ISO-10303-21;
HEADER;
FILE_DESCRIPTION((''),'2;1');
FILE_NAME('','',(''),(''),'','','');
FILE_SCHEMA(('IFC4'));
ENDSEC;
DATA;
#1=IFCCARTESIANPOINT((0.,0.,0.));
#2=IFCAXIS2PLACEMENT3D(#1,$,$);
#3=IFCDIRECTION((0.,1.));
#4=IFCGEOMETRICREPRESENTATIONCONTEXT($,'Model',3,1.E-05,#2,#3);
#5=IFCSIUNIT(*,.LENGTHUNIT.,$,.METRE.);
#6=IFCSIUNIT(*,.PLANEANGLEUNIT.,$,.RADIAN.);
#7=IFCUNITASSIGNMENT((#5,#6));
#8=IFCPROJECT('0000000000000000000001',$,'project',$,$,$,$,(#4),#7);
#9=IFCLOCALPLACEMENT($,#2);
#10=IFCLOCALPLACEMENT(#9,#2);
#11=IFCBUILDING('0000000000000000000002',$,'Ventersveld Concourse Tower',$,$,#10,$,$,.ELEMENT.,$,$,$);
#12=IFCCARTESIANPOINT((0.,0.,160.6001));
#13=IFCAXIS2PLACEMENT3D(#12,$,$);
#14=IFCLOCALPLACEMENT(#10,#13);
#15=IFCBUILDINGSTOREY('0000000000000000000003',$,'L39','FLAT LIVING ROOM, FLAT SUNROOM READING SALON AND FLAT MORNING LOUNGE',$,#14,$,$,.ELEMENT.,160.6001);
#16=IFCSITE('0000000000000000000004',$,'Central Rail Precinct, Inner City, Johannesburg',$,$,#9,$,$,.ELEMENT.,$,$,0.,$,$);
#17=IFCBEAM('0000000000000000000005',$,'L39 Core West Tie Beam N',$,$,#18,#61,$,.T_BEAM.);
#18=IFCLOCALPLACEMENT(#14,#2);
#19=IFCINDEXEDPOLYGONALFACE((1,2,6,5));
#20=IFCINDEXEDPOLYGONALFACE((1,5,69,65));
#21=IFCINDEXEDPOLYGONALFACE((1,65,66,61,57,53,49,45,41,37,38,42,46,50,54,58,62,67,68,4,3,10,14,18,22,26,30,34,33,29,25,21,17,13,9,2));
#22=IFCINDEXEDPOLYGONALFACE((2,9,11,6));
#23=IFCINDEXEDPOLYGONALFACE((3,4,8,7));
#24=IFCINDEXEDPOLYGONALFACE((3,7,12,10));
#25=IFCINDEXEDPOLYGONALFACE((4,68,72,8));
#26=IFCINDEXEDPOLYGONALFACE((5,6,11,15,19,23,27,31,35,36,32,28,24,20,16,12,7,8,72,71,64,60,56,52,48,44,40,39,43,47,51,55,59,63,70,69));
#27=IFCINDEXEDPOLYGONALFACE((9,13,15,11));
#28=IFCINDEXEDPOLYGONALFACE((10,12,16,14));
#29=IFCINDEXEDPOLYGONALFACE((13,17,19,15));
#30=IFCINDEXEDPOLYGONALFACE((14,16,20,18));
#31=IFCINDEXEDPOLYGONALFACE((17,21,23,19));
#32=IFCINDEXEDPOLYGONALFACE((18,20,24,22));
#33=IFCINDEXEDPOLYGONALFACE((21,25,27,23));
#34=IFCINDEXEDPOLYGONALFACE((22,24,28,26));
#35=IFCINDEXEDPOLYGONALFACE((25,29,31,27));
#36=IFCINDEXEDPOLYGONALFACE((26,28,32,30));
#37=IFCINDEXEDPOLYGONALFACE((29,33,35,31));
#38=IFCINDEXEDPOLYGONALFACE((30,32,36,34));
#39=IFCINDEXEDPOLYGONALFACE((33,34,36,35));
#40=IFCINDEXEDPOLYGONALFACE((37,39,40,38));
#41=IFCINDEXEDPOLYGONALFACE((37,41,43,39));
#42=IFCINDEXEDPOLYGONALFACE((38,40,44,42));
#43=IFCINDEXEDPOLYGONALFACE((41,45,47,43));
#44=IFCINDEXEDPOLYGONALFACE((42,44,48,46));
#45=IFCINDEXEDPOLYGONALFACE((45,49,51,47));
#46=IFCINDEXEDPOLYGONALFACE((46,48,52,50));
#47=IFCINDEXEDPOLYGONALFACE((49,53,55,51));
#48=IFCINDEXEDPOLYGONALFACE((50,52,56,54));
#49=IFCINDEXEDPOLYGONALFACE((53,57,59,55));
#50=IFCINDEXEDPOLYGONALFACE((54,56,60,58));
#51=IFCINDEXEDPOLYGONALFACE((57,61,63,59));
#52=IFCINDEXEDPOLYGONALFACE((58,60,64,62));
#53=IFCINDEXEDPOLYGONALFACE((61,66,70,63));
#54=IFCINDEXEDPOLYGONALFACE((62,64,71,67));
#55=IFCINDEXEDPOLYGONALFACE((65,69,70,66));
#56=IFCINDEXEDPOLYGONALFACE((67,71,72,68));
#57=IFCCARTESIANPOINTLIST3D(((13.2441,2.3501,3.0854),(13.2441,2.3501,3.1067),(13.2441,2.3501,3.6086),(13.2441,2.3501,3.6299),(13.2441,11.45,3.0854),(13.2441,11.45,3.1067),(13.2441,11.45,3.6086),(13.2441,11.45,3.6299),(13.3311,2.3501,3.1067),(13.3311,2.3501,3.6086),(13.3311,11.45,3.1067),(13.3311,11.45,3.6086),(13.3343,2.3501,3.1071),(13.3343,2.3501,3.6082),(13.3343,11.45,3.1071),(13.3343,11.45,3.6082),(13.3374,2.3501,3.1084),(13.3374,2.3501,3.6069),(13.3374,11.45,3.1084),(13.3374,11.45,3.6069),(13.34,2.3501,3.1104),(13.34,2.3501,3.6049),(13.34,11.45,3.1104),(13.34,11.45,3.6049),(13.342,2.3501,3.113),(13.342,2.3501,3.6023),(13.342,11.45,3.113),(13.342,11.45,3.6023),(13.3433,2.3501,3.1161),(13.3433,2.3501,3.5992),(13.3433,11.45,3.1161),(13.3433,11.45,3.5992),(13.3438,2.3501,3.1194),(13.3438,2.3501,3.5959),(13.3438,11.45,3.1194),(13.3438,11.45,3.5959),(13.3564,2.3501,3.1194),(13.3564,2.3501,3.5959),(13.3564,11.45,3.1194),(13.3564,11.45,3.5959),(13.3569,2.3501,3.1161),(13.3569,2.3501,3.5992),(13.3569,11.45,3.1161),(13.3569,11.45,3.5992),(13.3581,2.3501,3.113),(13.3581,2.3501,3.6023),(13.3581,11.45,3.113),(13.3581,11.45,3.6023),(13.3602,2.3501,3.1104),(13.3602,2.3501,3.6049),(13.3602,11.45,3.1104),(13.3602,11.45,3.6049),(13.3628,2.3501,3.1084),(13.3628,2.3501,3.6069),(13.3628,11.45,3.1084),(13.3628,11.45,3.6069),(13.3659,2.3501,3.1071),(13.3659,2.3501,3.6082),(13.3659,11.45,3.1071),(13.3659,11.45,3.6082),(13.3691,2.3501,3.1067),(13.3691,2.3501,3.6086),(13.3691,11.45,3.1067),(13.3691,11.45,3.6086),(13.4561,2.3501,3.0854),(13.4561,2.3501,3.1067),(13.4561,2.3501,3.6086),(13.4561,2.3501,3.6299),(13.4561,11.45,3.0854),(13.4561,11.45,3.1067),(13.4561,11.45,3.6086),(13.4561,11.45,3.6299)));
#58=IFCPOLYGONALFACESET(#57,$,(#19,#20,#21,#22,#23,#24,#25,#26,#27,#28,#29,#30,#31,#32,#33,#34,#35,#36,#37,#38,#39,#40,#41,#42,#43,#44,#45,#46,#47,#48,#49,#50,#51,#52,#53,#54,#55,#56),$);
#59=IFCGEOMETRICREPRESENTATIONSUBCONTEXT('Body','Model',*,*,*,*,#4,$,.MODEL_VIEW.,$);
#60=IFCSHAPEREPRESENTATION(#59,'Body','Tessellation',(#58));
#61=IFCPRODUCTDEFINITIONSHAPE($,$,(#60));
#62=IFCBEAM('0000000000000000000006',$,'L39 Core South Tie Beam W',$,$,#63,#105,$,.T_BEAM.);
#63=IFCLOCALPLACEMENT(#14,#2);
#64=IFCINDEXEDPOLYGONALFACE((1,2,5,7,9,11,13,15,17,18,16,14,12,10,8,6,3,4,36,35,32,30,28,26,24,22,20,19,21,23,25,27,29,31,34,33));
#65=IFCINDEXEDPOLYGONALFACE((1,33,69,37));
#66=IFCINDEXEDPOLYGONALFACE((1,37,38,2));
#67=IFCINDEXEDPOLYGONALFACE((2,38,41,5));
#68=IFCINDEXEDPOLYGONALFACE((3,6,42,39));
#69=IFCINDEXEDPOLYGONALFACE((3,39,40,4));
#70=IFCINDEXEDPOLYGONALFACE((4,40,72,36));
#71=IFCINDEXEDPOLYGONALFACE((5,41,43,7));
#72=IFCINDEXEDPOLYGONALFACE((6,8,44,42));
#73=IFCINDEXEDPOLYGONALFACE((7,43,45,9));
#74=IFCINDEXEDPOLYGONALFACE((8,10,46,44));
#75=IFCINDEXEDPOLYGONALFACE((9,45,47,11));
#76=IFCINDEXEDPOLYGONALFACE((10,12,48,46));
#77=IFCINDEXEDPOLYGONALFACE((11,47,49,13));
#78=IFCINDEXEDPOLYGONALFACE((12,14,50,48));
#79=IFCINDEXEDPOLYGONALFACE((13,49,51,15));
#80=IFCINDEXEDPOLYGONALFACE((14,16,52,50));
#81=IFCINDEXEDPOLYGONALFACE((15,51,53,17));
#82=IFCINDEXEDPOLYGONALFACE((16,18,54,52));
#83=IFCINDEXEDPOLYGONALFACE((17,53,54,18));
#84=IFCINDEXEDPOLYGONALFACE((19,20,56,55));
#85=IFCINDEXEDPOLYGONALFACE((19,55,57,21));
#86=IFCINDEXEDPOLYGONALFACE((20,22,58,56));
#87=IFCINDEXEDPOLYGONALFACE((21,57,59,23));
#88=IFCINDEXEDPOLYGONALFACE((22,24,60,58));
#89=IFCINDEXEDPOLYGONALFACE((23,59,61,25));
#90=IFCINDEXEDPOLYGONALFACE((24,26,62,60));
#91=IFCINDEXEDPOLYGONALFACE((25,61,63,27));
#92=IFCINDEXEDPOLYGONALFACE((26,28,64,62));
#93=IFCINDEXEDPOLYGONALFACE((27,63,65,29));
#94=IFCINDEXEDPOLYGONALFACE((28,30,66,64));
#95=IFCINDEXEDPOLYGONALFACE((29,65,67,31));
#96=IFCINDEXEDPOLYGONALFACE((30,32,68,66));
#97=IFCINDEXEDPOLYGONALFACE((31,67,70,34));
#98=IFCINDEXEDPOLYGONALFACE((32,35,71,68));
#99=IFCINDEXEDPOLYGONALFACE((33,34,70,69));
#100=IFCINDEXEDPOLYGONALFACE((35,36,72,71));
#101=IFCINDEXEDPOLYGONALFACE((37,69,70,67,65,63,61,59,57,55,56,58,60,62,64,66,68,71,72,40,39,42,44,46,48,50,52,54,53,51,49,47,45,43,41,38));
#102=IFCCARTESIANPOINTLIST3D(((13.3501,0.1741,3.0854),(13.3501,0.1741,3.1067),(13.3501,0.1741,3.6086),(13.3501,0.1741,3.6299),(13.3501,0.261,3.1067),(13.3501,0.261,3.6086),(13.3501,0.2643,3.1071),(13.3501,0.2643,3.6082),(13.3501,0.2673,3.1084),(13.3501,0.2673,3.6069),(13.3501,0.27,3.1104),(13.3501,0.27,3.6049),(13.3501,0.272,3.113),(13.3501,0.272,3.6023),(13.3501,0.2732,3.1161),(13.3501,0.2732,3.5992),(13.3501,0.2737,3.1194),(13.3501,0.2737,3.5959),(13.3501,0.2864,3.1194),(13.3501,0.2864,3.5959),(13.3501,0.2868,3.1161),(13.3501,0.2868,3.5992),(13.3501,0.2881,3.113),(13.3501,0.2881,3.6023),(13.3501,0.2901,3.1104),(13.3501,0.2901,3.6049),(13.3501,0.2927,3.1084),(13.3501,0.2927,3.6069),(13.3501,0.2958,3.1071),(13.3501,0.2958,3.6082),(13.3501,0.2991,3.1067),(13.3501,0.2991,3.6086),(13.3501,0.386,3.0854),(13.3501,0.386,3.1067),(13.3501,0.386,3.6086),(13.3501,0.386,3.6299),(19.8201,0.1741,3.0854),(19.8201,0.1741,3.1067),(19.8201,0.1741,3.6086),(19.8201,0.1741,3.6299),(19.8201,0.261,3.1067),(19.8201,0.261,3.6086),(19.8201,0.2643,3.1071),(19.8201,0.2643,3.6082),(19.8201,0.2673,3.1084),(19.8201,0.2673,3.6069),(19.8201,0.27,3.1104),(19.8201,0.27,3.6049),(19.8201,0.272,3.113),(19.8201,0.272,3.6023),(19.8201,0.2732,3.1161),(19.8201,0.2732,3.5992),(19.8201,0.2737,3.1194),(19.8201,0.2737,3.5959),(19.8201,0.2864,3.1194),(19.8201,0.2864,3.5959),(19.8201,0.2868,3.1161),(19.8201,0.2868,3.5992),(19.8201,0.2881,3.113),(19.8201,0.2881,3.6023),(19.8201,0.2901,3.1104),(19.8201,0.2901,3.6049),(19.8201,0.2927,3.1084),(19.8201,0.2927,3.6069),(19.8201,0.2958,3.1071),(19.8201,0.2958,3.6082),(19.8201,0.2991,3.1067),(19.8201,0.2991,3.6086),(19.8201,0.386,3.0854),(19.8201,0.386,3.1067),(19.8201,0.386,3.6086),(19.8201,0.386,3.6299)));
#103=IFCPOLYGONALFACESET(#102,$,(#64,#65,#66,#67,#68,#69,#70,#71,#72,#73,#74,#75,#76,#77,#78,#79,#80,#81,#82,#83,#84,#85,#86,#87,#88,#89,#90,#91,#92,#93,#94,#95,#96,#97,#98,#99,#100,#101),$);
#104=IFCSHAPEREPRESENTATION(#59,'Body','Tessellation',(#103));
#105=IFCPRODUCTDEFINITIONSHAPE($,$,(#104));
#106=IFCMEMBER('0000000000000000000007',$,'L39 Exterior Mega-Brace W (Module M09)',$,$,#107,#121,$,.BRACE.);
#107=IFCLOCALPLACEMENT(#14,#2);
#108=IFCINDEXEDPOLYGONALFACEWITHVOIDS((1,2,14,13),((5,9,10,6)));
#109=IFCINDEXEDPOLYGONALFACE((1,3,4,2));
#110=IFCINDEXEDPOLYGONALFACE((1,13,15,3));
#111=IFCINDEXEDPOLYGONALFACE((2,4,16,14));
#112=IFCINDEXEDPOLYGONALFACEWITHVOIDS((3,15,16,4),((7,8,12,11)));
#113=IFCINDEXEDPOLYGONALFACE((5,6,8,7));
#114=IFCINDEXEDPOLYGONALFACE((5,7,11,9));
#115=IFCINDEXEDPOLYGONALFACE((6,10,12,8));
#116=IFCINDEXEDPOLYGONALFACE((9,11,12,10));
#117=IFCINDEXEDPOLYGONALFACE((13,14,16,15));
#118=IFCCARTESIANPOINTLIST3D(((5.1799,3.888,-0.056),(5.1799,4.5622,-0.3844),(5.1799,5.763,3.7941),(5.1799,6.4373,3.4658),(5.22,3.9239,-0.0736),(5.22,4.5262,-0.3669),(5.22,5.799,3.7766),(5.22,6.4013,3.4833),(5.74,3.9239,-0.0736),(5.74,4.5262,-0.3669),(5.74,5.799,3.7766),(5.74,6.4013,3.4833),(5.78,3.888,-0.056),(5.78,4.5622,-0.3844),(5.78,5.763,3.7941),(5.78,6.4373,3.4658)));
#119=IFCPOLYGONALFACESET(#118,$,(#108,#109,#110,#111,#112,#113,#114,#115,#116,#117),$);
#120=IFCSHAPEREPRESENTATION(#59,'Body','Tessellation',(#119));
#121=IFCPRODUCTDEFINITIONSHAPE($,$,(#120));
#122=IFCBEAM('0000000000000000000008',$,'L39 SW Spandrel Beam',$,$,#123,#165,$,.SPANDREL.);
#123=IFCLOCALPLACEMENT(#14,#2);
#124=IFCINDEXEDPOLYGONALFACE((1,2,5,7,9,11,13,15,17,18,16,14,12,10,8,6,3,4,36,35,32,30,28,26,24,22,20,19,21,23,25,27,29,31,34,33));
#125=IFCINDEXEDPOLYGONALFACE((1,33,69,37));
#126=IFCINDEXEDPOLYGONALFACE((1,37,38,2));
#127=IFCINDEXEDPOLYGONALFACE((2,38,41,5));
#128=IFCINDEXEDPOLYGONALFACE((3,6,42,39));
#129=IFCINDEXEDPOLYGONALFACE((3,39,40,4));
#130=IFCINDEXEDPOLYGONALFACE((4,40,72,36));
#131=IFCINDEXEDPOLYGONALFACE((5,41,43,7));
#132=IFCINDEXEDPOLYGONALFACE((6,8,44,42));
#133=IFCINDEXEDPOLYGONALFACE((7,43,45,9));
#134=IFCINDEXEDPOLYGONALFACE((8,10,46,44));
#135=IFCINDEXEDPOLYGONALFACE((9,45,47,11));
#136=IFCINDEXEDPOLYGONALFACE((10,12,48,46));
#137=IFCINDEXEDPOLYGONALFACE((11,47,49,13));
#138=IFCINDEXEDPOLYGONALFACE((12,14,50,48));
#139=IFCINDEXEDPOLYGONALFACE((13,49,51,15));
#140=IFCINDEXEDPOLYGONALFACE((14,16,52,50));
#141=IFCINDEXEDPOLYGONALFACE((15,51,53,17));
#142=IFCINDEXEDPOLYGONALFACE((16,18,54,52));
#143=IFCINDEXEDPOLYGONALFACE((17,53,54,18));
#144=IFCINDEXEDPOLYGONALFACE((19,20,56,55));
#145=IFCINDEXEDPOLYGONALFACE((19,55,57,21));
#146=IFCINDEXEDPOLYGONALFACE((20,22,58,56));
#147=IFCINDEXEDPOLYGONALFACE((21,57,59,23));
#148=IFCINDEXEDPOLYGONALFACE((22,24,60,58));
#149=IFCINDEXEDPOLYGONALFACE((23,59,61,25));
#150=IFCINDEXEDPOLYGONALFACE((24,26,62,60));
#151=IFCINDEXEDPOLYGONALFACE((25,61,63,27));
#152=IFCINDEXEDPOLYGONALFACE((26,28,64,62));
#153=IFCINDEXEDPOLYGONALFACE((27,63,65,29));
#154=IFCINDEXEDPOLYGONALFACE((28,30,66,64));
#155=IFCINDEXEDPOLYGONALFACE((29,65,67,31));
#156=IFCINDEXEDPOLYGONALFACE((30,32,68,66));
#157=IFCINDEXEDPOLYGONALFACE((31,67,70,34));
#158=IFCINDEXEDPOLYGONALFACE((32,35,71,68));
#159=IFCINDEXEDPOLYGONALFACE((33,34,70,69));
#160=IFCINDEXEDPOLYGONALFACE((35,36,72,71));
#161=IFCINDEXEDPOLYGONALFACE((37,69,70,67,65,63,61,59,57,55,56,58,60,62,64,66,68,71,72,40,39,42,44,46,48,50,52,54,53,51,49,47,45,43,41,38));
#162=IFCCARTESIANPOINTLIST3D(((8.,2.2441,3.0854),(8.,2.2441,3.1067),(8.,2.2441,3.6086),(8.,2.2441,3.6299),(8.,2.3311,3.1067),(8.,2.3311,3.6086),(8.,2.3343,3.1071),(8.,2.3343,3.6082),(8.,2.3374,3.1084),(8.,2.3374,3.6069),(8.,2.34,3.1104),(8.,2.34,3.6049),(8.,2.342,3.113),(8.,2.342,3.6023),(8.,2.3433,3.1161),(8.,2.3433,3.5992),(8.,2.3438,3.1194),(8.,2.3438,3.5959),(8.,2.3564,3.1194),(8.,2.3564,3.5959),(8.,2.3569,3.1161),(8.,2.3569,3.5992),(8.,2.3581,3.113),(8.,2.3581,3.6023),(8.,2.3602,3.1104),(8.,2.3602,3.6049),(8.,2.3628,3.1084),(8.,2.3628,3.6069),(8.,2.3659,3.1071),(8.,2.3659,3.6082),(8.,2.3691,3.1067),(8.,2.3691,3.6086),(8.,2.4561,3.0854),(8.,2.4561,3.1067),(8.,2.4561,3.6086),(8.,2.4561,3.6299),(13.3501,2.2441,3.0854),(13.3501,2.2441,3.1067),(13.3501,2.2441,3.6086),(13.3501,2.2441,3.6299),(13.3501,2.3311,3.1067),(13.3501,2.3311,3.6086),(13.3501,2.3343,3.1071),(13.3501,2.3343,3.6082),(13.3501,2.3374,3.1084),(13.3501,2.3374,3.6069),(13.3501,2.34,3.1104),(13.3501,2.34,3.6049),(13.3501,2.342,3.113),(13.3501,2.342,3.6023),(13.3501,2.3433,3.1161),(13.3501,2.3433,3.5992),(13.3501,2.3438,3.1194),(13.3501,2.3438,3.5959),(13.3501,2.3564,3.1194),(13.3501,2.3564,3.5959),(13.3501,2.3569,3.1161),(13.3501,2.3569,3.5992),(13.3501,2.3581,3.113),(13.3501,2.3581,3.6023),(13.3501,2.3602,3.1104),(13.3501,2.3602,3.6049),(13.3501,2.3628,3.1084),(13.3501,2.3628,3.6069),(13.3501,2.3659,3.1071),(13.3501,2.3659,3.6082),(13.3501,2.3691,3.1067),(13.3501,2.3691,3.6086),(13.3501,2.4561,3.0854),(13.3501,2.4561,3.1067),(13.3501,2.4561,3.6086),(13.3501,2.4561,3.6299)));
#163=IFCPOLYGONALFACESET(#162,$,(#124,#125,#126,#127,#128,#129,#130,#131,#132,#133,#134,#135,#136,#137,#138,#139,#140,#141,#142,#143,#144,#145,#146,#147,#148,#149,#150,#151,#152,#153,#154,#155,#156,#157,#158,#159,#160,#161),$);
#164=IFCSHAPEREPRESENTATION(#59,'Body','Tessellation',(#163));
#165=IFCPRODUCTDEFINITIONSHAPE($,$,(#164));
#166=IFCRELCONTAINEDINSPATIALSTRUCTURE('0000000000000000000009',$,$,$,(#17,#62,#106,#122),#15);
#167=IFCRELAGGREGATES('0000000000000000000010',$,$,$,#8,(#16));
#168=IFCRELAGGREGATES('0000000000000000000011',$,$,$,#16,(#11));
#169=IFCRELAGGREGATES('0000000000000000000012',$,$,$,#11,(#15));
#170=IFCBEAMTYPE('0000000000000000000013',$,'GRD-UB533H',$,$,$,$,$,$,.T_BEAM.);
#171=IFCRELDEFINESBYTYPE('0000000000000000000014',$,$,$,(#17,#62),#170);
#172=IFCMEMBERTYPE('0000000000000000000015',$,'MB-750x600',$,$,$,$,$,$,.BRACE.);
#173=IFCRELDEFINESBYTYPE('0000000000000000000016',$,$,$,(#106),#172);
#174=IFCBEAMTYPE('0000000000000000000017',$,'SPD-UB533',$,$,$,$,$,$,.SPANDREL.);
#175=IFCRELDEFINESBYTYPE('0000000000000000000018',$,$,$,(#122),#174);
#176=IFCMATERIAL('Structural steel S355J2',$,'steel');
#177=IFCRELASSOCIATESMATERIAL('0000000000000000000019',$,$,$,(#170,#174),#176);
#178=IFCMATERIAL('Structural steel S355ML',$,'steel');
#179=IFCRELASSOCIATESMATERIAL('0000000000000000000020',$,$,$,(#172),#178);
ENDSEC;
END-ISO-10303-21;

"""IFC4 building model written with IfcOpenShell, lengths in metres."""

from ifc_helpers import new_model, si_unit, direction, frame, origin, origin_2d, place, context, subcontext, project, spatial, hollow_rectangle, i_section, extrude, material, material_profile, profile_set, type_object, element, save


model = new_model("IFC4")

# Units and contexts
model_context = context("Model", 3, precision=1e-05, world=origin(), true_north=direction((0.0, 1.0)))
body_context = subcontext(model_context, "Body", "Model", "MODEL_VIEW")
ifc_project = project(units=[si_unit("LENGTHUNIT", "METRE"), si_unit("PLANEANGLEUNIT", "RADIAN")], contexts=[model_context])

# Site, building, storey
site_placement = place(None, origin())
site = spatial("IfcSite", under=ifc_project, at=site_placement, Name="Central Rail Precinct, Inner City, Johannesburg", CompositionType="ELEMENT", RefElevation=0.0)
building_placement = place(site_placement, origin())
building = spatial("IfcBuilding", under=site, at=building_placement, Name="Ventersveld Concourse Tower", CompositionType="ELEMENT")
storey_placement = place(building_placement, frame((0.0, 0.0, 160.6001)))
storey = spatial("IfcBuildingStorey", under=building, at=storey_placement, Name="L39", Description="FLAT LIVING ROOM, FLAT SUNROOM READING SALON AND FLAT MORNING LOUNGE", CompositionType="ELEMENT", Elevation=160.6001)

# Beams
ifc_material_1 = material(Name="Structural steel S355J2", Category="steel")
ifc_material_profile_1 = material_profile(ifc_material_1, i_section(OverallWidth=0.2119, OverallDepth=0.5444, WebThickness=0.0127, FlangeThickness=0.0212, FilletRadius=0.0127, at=origin_2d()), Name="UB 533x210x122")
ifc_profile_set_1 = profile_set([ifc_material_profile_1], Name="Structural steel S355J2")
beam_type_1 = type_object("IfcBeamType", Name="GRD-UB533H", PredefinedType="T_BEAM", material=ifc_profile_set_1)
beam_1_placement = place(storey_placement, frame((13.3501, 2.3501, 3.3577), z_axis=(0.0, 1.0, 0.0), x_axis=(-1.0, 0.0, 0.0)))
element("IfcBeam", 1, at=beam_1_placement, inside=storey, type_object=beam_type_1, Name="L39 Core West Tie Beam N", PredefinedType="T_BEAM", context=body_context, shape_type="SweptSolid", body=[
    extrude(i_section(OverallWidth=0.2119, OverallDepth=0.5444, WebThickness=0.0127, FlangeThickness=0.0212, FilletRadius=0.0127, at=origin_2d()), origin(), (0.0, 0.0, 1.0), 9.0999),
])
beam_2_placement = place(storey_placement, frame((13.3501, 0.28, 3.3577), z_axis=(1.0, 0.0, 0.0), x_axis=(0.0, 1.0, 0.0)))
element("IfcBeam", 2, at=beam_2_placement, inside=storey, type_object=beam_type_1, Name="L39 Core South Tie Beam W", PredefinedType="T_BEAM", context=body_context, shape_type="SweptSolid", body=[
    extrude(i_section(OverallWidth=0.2119, OverallDepth=0.5444, WebThickness=0.0127, FlangeThickness=0.0212, FilletRadius=0.0127, at=origin_2d()), origin(), (0.0, 0.0, 1.0), 6.47),
])

# Member
ifc_material_2 = material(Name="Structural steel S355ML", Category="steel")
ifc_material_profile_2 = material_profile(ifc_material_2, hollow_rectangle(XDim=0.6001, YDim=0.75, WallThickness=0.04, at=origin_2d()), Name="BOX 750x600x40")
ifc_profile_set_2 = profile_set([ifc_material_profile_2], Name="Structural steel S355ML")
member_type = type_object("IfcMemberType", Name="MB-750x600", PredefinedType="BRACE", material=ifc_profile_set_2)
member_placement = place(storey_placement, frame((5.48, 4.2251, -0.2202), z_axis=(0.0, 0.437839, 0.899053), x_axis=(-1.0, 0.0, 0.0)))
element("IfcMember", 3, at=member_placement, inside=storey, type_object=member_type, Name="L39 Exterior Mega-Brace W (Module M09)", PredefinedType="BRACE", context=body_context, shape_type="SweptSolid", body=[
    extrude(hollow_rectangle(XDim=0.6001, YDim=0.75, WallThickness=0.04, at=origin_2d()), origin(), (0.0, 0.0, 1.0), 4.2825),
])

# Beam
ifc_material_profile_3 = material_profile(ifc_material_1, i_section(OverallWidth=0.2119, OverallDepth=0.5444, WebThickness=0.0127, FlangeThickness=0.0212, FilletRadius=0.0127, at=origin_2d()), Name="UB 533x210x122")
ifc_profile_set_3 = profile_set([ifc_material_profile_3], Name="Structural steel S355J2")
beam_type_2 = type_object("IfcBeamType", Name="SPD-UB533", PredefinedType="SPANDREL", material=ifc_profile_set_3)
beam_3_placement = place(storey_placement, frame((8.0, 2.3501, 3.3577), z_axis=(1.0, 0.0, 0.0), x_axis=(0.0, 1.0, 0.0)))
element("IfcBeam", 4, at=beam_3_placement, inside=storey, type_object=beam_type_2, Name="L39 SW Spandrel Beam", PredefinedType="SPANDREL", context=body_context, shape_type="SweptSolid", body=[
    extrude(i_section(OverallWidth=0.2119, OverallDepth=0.5444, WebThickness=0.0127, FlangeThickness=0.0212, FilletRadius=0.0127, at=origin_2d()), origin(), (0.0, 0.0, 1.0), 5.3501),
])

save(model, "model.ifc")
